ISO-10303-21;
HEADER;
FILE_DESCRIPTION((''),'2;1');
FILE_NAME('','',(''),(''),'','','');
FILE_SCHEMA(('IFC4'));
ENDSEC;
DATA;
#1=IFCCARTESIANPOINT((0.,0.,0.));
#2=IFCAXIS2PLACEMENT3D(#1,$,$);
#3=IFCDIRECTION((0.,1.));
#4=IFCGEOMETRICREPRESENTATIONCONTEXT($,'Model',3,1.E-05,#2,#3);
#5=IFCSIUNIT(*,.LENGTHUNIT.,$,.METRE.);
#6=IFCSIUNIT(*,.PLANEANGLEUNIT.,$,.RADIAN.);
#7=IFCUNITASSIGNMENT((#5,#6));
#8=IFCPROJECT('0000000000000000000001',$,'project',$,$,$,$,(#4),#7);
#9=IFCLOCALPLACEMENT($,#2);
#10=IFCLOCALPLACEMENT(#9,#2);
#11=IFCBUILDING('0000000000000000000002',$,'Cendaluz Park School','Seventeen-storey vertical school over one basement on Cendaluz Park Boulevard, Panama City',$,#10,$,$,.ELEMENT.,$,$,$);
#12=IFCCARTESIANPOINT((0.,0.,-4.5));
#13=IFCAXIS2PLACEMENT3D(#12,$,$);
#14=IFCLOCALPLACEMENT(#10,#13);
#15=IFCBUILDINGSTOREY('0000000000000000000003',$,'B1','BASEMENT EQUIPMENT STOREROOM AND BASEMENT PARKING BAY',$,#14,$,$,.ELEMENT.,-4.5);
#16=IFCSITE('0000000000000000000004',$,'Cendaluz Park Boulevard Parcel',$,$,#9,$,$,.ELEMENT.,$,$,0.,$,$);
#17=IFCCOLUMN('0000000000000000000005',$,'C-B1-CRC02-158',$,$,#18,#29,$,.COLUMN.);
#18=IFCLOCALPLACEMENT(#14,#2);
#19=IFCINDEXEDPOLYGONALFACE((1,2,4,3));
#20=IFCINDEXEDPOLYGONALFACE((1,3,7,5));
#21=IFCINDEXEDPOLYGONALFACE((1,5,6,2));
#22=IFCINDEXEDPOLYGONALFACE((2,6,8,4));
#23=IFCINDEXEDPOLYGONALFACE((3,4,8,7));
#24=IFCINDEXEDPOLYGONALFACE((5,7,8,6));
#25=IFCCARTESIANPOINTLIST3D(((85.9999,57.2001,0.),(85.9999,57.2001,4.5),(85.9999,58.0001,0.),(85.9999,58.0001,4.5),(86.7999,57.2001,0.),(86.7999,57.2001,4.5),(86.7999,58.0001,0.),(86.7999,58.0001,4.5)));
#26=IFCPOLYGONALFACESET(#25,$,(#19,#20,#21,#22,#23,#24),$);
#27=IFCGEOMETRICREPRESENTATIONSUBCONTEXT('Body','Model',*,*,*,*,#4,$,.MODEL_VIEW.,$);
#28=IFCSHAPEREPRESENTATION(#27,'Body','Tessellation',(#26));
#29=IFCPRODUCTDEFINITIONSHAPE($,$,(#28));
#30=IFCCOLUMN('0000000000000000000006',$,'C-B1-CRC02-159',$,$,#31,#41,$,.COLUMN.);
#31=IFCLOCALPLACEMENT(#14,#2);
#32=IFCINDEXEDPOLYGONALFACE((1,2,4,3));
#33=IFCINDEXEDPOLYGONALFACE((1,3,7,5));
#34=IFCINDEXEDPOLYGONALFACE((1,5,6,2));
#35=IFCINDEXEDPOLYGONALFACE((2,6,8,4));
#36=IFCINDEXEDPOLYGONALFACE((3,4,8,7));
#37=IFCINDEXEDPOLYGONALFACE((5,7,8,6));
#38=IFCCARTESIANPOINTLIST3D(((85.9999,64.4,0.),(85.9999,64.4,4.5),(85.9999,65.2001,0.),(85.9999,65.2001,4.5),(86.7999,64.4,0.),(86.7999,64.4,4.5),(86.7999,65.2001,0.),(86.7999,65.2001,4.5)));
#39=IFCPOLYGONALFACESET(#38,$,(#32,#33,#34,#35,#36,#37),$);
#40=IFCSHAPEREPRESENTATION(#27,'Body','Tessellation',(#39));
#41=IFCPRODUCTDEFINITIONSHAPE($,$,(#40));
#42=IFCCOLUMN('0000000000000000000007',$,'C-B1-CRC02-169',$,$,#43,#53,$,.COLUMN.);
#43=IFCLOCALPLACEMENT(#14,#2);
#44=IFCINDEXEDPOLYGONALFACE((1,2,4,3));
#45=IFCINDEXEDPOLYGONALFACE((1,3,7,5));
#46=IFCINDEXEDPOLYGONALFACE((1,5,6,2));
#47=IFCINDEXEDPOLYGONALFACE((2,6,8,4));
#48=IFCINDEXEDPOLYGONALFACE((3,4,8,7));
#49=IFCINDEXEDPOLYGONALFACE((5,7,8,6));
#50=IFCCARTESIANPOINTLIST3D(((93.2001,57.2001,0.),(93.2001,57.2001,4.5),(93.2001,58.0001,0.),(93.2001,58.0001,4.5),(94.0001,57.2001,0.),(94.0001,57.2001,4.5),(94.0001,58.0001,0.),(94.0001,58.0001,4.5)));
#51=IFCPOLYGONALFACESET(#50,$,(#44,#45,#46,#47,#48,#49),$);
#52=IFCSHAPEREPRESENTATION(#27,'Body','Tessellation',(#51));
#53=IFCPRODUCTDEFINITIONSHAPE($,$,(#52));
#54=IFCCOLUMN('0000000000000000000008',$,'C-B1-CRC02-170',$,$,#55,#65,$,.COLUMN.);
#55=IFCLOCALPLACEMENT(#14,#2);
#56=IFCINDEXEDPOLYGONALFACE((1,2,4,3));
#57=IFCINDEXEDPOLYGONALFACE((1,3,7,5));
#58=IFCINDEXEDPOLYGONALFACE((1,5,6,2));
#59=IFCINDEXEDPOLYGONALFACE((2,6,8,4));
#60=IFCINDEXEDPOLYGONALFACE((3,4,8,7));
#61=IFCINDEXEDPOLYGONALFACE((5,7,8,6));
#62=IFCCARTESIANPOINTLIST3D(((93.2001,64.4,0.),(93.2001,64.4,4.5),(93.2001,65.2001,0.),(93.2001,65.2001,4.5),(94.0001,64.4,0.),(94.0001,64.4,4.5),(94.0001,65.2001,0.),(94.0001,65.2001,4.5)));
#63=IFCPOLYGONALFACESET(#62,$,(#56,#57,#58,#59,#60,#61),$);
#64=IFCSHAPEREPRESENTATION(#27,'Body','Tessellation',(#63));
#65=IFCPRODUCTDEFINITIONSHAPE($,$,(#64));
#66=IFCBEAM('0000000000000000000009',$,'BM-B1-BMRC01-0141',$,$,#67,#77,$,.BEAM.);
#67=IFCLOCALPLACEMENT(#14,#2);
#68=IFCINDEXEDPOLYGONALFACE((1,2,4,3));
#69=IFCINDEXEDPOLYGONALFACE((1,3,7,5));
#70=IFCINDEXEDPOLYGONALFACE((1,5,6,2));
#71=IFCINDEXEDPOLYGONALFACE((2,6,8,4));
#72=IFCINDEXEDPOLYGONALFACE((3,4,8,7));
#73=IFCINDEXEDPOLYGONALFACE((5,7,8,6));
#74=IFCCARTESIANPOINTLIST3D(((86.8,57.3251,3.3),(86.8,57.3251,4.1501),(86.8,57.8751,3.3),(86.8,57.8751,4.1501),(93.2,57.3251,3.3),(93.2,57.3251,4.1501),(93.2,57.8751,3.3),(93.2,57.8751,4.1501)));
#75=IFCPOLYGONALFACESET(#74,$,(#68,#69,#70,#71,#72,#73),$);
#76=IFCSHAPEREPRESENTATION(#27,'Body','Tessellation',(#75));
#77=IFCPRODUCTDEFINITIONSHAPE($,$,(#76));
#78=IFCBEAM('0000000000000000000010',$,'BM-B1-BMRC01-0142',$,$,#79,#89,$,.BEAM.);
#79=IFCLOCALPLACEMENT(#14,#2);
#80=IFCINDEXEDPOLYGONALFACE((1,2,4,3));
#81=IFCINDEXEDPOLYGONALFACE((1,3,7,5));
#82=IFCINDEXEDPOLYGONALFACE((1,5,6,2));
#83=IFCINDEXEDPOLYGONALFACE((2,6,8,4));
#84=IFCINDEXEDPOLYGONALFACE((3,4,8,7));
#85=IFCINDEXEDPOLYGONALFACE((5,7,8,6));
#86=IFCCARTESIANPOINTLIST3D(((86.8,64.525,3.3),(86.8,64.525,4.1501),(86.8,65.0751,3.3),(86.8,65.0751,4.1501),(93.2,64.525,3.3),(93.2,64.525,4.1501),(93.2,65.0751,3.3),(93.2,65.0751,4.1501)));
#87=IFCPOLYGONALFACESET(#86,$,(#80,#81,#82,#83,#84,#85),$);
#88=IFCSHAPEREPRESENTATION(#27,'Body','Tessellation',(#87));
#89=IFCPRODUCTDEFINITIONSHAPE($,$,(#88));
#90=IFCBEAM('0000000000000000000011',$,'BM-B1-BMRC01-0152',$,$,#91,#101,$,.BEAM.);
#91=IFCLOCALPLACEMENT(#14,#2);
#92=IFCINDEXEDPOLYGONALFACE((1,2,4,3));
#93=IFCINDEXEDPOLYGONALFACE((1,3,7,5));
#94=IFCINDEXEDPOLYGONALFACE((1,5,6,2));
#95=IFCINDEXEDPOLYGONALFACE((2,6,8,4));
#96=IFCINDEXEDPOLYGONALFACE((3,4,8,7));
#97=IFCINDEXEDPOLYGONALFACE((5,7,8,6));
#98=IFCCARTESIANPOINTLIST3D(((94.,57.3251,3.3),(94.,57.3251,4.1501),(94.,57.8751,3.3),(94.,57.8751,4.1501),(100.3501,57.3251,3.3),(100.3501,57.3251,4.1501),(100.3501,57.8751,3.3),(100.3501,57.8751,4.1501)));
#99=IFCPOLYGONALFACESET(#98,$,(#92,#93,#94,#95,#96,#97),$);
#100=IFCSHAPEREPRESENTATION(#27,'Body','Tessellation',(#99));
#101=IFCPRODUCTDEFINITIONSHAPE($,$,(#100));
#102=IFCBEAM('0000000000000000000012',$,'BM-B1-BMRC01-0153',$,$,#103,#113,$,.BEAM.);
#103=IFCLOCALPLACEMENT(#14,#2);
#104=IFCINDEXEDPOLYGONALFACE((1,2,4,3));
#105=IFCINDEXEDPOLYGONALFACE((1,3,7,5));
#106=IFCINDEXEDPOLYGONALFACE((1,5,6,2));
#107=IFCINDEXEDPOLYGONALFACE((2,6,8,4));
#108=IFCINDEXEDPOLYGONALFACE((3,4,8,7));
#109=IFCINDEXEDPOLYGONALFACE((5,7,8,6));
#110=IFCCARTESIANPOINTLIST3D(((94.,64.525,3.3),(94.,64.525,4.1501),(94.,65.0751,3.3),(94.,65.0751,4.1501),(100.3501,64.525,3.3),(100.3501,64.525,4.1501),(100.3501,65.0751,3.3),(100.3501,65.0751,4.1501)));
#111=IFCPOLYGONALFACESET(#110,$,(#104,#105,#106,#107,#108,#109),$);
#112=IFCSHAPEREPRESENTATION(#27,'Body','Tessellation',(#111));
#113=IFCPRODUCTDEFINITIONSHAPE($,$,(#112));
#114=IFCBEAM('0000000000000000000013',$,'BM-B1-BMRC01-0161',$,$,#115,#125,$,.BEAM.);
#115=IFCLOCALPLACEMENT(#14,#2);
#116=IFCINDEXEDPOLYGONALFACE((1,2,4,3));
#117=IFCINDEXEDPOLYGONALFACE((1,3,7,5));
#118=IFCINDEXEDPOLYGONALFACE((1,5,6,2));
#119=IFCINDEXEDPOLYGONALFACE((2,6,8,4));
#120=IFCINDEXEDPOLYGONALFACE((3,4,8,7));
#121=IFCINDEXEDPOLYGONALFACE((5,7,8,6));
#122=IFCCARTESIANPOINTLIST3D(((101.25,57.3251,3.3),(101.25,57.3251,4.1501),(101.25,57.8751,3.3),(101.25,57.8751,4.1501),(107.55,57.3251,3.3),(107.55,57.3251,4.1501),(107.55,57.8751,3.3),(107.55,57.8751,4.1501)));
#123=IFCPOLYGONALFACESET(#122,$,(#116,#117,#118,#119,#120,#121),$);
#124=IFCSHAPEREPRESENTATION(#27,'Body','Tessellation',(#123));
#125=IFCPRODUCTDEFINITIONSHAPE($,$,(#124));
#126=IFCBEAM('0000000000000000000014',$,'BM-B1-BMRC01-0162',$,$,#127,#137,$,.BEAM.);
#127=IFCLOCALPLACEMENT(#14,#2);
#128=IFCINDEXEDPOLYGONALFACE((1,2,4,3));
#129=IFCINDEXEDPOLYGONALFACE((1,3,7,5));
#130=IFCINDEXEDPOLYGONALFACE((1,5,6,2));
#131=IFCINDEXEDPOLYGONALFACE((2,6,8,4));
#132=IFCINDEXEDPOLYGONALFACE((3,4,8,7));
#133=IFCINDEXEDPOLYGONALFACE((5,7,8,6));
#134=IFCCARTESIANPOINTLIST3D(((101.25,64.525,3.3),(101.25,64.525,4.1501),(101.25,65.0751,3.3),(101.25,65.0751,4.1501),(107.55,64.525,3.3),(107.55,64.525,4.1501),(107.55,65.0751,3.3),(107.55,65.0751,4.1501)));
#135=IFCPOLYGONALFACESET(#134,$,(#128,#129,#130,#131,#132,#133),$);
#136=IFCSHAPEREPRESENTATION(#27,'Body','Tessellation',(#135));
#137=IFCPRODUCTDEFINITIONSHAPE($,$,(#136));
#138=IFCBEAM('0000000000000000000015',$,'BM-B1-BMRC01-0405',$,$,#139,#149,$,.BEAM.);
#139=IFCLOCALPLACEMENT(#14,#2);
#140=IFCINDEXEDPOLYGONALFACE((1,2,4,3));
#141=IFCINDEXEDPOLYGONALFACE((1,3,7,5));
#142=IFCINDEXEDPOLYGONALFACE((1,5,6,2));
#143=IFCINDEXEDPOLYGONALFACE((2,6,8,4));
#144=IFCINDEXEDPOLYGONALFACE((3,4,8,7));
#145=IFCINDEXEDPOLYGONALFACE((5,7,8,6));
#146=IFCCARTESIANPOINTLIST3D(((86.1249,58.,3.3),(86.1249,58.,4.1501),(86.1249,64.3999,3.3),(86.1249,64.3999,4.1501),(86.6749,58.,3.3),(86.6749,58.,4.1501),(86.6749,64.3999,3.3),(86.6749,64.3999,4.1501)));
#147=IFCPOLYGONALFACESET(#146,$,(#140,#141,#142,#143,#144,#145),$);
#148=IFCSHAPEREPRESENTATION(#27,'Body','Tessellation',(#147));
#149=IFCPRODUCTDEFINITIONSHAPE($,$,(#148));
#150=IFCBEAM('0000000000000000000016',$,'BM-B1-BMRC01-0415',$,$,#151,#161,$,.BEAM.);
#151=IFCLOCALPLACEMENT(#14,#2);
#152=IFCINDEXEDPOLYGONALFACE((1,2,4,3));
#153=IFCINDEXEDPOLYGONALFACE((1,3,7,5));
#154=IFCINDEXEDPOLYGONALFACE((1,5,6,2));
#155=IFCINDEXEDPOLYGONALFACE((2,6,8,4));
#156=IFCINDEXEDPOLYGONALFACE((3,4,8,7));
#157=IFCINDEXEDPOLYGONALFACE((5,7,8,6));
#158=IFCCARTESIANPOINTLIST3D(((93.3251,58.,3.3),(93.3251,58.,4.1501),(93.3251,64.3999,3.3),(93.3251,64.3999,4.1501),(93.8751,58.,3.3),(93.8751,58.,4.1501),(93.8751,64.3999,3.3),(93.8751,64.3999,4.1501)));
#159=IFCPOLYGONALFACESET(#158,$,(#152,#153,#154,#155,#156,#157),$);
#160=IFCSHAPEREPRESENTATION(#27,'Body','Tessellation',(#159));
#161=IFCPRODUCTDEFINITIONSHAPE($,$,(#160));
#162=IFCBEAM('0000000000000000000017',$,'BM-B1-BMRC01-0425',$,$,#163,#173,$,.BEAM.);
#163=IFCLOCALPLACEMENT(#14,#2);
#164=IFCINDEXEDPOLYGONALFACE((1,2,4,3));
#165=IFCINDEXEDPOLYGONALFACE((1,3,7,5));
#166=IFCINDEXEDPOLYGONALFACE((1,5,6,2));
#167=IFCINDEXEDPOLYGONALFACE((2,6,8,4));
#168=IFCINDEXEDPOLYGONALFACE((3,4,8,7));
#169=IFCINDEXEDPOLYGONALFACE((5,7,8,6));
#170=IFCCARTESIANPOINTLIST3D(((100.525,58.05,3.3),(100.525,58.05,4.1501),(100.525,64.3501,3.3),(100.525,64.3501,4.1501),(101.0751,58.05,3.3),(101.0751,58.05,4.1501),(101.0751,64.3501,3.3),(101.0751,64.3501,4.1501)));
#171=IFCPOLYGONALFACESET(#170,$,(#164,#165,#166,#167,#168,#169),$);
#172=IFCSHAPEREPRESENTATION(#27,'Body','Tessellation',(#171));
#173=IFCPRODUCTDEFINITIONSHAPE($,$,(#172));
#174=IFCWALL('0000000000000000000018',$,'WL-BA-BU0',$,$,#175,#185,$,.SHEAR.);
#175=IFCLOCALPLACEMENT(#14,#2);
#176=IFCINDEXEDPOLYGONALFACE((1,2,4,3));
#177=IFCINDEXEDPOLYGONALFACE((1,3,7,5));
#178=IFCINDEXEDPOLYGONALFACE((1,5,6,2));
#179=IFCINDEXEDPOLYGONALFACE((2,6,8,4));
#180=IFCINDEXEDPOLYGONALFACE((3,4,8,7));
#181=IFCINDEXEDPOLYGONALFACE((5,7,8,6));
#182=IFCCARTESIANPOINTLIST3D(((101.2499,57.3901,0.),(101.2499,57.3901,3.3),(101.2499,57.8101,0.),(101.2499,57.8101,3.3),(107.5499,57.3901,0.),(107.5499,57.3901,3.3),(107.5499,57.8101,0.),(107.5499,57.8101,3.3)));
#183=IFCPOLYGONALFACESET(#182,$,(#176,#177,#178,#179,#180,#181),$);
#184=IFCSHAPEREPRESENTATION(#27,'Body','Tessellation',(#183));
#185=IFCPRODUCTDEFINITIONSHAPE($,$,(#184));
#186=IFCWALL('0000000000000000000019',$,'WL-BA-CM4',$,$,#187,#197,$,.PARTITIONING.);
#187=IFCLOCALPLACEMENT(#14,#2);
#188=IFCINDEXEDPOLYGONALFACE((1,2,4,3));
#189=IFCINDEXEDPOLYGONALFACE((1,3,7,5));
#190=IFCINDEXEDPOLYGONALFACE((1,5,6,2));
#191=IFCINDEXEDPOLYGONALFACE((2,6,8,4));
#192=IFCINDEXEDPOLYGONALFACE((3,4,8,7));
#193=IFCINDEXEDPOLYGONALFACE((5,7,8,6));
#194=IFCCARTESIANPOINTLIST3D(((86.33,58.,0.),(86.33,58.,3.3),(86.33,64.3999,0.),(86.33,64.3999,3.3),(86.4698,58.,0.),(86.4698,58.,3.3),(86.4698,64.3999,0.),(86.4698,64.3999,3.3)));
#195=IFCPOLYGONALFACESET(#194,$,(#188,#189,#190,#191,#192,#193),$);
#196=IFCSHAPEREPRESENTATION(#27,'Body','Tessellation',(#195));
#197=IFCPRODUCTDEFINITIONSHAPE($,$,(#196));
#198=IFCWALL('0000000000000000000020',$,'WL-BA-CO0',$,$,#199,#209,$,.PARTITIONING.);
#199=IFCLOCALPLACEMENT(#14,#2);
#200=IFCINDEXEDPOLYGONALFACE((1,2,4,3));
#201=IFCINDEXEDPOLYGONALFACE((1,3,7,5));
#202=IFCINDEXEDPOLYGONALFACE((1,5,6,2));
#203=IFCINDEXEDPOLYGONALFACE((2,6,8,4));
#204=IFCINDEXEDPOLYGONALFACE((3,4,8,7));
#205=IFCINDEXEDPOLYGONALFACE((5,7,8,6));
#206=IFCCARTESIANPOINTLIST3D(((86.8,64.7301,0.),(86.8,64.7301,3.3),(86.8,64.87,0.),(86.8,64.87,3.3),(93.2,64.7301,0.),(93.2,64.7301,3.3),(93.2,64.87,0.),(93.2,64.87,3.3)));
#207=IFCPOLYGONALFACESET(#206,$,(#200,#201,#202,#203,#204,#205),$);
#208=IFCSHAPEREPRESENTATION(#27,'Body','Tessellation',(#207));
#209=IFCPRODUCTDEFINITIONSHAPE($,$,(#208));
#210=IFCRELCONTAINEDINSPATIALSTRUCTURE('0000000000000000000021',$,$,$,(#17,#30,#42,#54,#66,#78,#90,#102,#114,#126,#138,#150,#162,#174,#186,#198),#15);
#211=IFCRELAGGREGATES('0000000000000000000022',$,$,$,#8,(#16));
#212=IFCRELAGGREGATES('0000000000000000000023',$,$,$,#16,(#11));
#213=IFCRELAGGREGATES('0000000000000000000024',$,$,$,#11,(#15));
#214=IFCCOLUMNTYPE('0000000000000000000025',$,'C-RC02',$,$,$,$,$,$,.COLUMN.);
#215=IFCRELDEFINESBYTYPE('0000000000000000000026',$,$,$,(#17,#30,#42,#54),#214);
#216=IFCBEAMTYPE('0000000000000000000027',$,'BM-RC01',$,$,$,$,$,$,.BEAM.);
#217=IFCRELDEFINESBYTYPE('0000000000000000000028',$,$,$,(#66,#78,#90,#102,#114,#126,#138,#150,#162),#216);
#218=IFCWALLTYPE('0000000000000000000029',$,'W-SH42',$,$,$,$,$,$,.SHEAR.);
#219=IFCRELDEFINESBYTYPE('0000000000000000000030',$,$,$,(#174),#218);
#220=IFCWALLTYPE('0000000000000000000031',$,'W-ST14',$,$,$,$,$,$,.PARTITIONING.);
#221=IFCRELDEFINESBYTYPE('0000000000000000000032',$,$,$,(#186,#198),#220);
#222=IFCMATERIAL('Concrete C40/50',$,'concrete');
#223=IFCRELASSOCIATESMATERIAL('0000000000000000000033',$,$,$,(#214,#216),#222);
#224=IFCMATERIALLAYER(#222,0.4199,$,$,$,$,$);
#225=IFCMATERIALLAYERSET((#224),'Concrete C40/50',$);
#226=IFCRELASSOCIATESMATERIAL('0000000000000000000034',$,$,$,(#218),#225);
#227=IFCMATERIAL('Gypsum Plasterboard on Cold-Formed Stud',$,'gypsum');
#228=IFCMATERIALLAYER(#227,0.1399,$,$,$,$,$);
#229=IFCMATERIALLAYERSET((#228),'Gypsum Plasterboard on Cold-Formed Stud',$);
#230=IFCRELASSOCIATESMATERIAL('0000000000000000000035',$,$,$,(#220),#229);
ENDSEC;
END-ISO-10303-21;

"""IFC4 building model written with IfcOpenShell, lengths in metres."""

from ifc_helpers import new_model, si_unit, direction, frame, frame_2d, origin, origin_2d, place, context, subcontext, project, spatial, rectangle, extrude, material, layer, layer_set, material_profile, profile_set, type_object, element, save


model = new_model("IFC4")

# Units and contexts
model_context = context("Model", 3, precision=1e-05, world=origin(), true_north=direction((0.0, 1.0)))
body_context = subcontext(model_context, "Body", "Model", "MODEL_VIEW")
ifc_project = project(units=[si_unit("LENGTHUNIT", "METRE"), si_unit("PLANEANGLEUNIT", "RADIAN")], contexts=[model_context])

# Site, building, storey
site_placement = place(None, origin())
site = spatial("IfcSite", under=ifc_project, at=site_placement, Name="Cendaluz Park Boulevard Parcel", CompositionType="ELEMENT", RefElevation=0.0)
building_placement = place(site_placement, origin())
building = spatial("IfcBuilding", under=site, at=building_placement, Name="Cendaluz Park School", Description="Seventeen-storey vertical school over one basement on Cendaluz Park Boulevard, Panama City", CompositionType="ELEMENT")
storey_placement = place(building_placement, frame((0.0, 0.0, -4.5)))
storey = spatial("IfcBuildingStorey", under=building, at=storey_placement, Name="B1", Description="BASEMENT EQUIPMENT STOREROOM AND BASEMENT PARKING BAY", CompositionType="ELEMENT", Elevation=-4.5)

# Shared definitions
ifc_material_1 = material(Name="Concrete C40/50", Category="concrete")

# Columns
ifc_material_profile_1 = material_profile(ifc_material_1, rectangle(XDim=0.8, YDim=0.8, at=origin_2d()), Name="RC 800x800", Category="concrete")
ifc_profile_set_1 = profile_set([ifc_material_profile_1], Name="Concrete C40/50")
column_type_1 = type_object("IfcColumnType", Name="C-RC02", PredefinedType="COLUMN", material=ifc_profile_set_1)
for number, where, z_axis, x_axis, name in (
    (1, (86.3999, 57.6001, 0.0), (0.0, 0.0, 1.0), (1.0, 0.0, 0.0), "C-B1-CRC02-158"),
    (2, (86.3999, 64.8, 0.0), (0.0, 0.0, 1.0), (1.0, 0.0, 0.0), "C-B1-CRC02-159"),
    (3, (93.6001, 57.6001, 0.0), (0.0, 0.0, 1.0), (1.0, 0.0, 0.0), "C-B1-CRC02-169"),
    (4, (93.6001, 64.8, 0.0), (0.0, 0.0, 1.0), (1.0, 0.0, 0.0), "C-B1-CRC02-170"),
):
    element("IfcColumn", number, at=place(storey_placement, frame(where, z_axis=z_axis, x_axis=x_axis)), inside=storey, type_object=column_type_1, Name=name, PredefinedType="COLUMN", context=body_context, shape_type="SweptSolid", body=[
        extrude(rectangle(XDim=0.8, YDim=0.8, at=origin_2d()), origin(), (0.0, 0.0, 1.0), 4.5),
    ])

# Beams
ifc_material_profile_2 = material_profile(ifc_material_1, rectangle(XDim=0.55, YDim=0.8501, at=origin_2d()), Name="RC 550x850", Category="concrete")
ifc_profile_set_2 = profile_set([ifc_material_profile_2], Name="Concrete C40/50")
beam_type = type_object("IfcBeamType", Name="BM-RC01", PredefinedType="BEAM", material=ifc_profile_set_2)
for number, where, z_axis, x_axis, name in (
    (5, (86.8, 57.6001, 3.7251), (1.0, 0.0, 0.0), (0.0, 1.0, 0.0), "BM-B1-BMRC01-0141"),
    (6, (86.8, 64.8, 3.7251), (1.0, 0.0, 0.0), (0.0, 1.0, 0.0), "BM-B1-BMRC01-0142"),
):
    element("IfcBeam", number, at=place(storey_placement, frame(where, z_axis=z_axis, x_axis=x_axis)), inside=storey, type_object=beam_type, Name=name, PredefinedType="BEAM", context=body_context, shape_type="SweptSolid", body=[
        extrude(rectangle(XDim=0.55, YDim=0.8501, at=origin_2d()), origin(), (0.0, 0.0, 1.0), 6.3999),
    ])
for number, where, z_axis, x_axis, name in (
    (7, (94.0, 57.6001, 3.7251), (1.0, 0.0, 0.0), (0.0, 1.0, 0.0), "BM-B1-BMRC01-0152"),
    (8, (94.0, 64.8, 3.7251), (1.0, 0.0, 0.0), (0.0, 1.0, 0.0), "BM-B1-BMRC01-0153"),
):
    element("IfcBeam", number, at=place(storey_placement, frame(where, z_axis=z_axis, x_axis=x_axis)), inside=storey, type_object=beam_type, Name=name, PredefinedType="BEAM", context=body_context, shape_type="SweptSolid", body=[
        extrude(rectangle(XDim=0.55, YDim=0.8501, at=origin_2d()), origin(), (0.0, 0.0, 1.0), 6.3501),
    ])
for number, where, z_axis, x_axis, name in (
    (9, (101.25, 57.6001, 3.7251), (1.0, 0.0, 0.0), (0.0, 1.0, 0.0), "BM-B1-BMRC01-0161"),
    (10, (101.25, 64.8, 3.7251), (1.0, 0.0, 0.0), (0.0, 1.0, 0.0), "BM-B1-BMRC01-0162"),
):
    element("IfcBeam", number, at=place(storey_placement, frame(where, z_axis=z_axis, x_axis=x_axis)), inside=storey, type_object=beam_type, Name=name, PredefinedType="BEAM", context=body_context, shape_type="SweptSolid", body=[
        extrude(rectangle(XDim=0.55, YDim=0.8501, at=origin_2d()), origin(), (0.0, 0.0, 1.0), 6.3),
    ])
for number, where, z_axis, x_axis, name in (
    (11, (86.3999, 58.0, 3.7251), (0.0, 1.0, 0.0), (-1.0, 0.0, 0.0), "BM-B1-BMRC01-0405"),
    (12, (93.6001, 58.0, 3.7251), (0.0, 1.0, 0.0), (-1.0, 0.0, 0.0), "BM-B1-BMRC01-0415"),
):
    element("IfcBeam", number, at=place(storey_placement, frame(where, z_axis=z_axis, x_axis=x_axis)), inside=storey, type_object=beam_type, Name=name, PredefinedType="BEAM", context=body_context, shape_type="SweptSolid", body=[
        extrude(rectangle(XDim=0.55, YDim=0.8501, at=origin_2d()), origin(), (0.0, 0.0, 1.0), 6.3999),
    ])
beam_placement = place(storey_placement, frame((100.8, 58.05, 3.7251), z_axis=(0.0, 1.0, 0.0), x_axis=(-1.0, 0.0, 0.0)))
element("IfcBeam", 13, at=beam_placement, inside=storey, type_object=beam_type, Name="BM-B1-BMRC01-0425", PredefinedType="BEAM", context=body_context, shape_type="SweptSolid", body=[
    extrude(rectangle(XDim=0.55, YDim=0.8501, at=origin_2d()), origin(), (0.0, 0.0, 1.0), 6.3),
])

# Walls
ifc_layer_1 = layer(ifc_material_1, 0.4199)
ifc_layer_set_1 = layer_set([ifc_layer_1], Name="Concrete C40/50")
wall_type_1 = type_object("IfcWallType", Name="W-SH42", PredefinedType="SHEAR", material=ifc_layer_set_1)
wall_1_placement = place(storey_placement, frame((101.25, 57.6001, 0.0), z_axis=(0.0, 0.0, 1.0), x_axis=(1.0, 0.0, 0.0)))
element("IfcWall", 14, at=wall_1_placement, inside=storey, type_object=wall_type_1, Name="WL-BA-BU0", PredefinedType="SHEAR", context=body_context, shape_type="SweptSolid", body=[
    extrude(rectangle(XDim=6.3, YDim=0.4199, at=frame_2d((3.1499, 0.0))), origin(), (0.0, 0.0, 1.0), 3.3),
])
ifc_material_2 = material(Name="Gypsum Plasterboard on Cold-Formed Stud", Category="gypsum")
ifc_layer_2 = layer(ifc_material_2, 0.1399)
ifc_layer_set_2 = layer_set([ifc_layer_2], Name="Gypsum Plasterboard on Cold-Formed Stud")
wall_type_2 = type_object("IfcWallType", Name="W-ST14", PredefinedType="PARTITIONING", material=ifc_layer_set_2)
for number, where, z_axis, x_axis, name in (
    (15, (86.3999, 58.0, 0.0), (0.0, 0.0, 1.0), (0.0, 1.0, 0.0), "WL-BA-CM4"),
    (16, (86.8, 64.8, 0.0), (0.0, 0.0, 1.0), (1.0, 0.0, 0.0), "WL-BA-CO0"),
):
    element("IfcWall", number, at=place(storey_placement, frame(where, z_axis=z_axis, x_axis=x_axis)), inside=storey, type_object=wall_type_2, Name=name, PredefinedType="PARTITIONING", context=body_context, shape_type="SweptSolid", body=[
        extrude(rectangle(XDim=6.3999, YDim=0.1399, at=frame_2d((3.2, 0.0))), origin(), (0.0, 0.0, 1.0), 3.3),
    ])

save(model, "model.ifc")
